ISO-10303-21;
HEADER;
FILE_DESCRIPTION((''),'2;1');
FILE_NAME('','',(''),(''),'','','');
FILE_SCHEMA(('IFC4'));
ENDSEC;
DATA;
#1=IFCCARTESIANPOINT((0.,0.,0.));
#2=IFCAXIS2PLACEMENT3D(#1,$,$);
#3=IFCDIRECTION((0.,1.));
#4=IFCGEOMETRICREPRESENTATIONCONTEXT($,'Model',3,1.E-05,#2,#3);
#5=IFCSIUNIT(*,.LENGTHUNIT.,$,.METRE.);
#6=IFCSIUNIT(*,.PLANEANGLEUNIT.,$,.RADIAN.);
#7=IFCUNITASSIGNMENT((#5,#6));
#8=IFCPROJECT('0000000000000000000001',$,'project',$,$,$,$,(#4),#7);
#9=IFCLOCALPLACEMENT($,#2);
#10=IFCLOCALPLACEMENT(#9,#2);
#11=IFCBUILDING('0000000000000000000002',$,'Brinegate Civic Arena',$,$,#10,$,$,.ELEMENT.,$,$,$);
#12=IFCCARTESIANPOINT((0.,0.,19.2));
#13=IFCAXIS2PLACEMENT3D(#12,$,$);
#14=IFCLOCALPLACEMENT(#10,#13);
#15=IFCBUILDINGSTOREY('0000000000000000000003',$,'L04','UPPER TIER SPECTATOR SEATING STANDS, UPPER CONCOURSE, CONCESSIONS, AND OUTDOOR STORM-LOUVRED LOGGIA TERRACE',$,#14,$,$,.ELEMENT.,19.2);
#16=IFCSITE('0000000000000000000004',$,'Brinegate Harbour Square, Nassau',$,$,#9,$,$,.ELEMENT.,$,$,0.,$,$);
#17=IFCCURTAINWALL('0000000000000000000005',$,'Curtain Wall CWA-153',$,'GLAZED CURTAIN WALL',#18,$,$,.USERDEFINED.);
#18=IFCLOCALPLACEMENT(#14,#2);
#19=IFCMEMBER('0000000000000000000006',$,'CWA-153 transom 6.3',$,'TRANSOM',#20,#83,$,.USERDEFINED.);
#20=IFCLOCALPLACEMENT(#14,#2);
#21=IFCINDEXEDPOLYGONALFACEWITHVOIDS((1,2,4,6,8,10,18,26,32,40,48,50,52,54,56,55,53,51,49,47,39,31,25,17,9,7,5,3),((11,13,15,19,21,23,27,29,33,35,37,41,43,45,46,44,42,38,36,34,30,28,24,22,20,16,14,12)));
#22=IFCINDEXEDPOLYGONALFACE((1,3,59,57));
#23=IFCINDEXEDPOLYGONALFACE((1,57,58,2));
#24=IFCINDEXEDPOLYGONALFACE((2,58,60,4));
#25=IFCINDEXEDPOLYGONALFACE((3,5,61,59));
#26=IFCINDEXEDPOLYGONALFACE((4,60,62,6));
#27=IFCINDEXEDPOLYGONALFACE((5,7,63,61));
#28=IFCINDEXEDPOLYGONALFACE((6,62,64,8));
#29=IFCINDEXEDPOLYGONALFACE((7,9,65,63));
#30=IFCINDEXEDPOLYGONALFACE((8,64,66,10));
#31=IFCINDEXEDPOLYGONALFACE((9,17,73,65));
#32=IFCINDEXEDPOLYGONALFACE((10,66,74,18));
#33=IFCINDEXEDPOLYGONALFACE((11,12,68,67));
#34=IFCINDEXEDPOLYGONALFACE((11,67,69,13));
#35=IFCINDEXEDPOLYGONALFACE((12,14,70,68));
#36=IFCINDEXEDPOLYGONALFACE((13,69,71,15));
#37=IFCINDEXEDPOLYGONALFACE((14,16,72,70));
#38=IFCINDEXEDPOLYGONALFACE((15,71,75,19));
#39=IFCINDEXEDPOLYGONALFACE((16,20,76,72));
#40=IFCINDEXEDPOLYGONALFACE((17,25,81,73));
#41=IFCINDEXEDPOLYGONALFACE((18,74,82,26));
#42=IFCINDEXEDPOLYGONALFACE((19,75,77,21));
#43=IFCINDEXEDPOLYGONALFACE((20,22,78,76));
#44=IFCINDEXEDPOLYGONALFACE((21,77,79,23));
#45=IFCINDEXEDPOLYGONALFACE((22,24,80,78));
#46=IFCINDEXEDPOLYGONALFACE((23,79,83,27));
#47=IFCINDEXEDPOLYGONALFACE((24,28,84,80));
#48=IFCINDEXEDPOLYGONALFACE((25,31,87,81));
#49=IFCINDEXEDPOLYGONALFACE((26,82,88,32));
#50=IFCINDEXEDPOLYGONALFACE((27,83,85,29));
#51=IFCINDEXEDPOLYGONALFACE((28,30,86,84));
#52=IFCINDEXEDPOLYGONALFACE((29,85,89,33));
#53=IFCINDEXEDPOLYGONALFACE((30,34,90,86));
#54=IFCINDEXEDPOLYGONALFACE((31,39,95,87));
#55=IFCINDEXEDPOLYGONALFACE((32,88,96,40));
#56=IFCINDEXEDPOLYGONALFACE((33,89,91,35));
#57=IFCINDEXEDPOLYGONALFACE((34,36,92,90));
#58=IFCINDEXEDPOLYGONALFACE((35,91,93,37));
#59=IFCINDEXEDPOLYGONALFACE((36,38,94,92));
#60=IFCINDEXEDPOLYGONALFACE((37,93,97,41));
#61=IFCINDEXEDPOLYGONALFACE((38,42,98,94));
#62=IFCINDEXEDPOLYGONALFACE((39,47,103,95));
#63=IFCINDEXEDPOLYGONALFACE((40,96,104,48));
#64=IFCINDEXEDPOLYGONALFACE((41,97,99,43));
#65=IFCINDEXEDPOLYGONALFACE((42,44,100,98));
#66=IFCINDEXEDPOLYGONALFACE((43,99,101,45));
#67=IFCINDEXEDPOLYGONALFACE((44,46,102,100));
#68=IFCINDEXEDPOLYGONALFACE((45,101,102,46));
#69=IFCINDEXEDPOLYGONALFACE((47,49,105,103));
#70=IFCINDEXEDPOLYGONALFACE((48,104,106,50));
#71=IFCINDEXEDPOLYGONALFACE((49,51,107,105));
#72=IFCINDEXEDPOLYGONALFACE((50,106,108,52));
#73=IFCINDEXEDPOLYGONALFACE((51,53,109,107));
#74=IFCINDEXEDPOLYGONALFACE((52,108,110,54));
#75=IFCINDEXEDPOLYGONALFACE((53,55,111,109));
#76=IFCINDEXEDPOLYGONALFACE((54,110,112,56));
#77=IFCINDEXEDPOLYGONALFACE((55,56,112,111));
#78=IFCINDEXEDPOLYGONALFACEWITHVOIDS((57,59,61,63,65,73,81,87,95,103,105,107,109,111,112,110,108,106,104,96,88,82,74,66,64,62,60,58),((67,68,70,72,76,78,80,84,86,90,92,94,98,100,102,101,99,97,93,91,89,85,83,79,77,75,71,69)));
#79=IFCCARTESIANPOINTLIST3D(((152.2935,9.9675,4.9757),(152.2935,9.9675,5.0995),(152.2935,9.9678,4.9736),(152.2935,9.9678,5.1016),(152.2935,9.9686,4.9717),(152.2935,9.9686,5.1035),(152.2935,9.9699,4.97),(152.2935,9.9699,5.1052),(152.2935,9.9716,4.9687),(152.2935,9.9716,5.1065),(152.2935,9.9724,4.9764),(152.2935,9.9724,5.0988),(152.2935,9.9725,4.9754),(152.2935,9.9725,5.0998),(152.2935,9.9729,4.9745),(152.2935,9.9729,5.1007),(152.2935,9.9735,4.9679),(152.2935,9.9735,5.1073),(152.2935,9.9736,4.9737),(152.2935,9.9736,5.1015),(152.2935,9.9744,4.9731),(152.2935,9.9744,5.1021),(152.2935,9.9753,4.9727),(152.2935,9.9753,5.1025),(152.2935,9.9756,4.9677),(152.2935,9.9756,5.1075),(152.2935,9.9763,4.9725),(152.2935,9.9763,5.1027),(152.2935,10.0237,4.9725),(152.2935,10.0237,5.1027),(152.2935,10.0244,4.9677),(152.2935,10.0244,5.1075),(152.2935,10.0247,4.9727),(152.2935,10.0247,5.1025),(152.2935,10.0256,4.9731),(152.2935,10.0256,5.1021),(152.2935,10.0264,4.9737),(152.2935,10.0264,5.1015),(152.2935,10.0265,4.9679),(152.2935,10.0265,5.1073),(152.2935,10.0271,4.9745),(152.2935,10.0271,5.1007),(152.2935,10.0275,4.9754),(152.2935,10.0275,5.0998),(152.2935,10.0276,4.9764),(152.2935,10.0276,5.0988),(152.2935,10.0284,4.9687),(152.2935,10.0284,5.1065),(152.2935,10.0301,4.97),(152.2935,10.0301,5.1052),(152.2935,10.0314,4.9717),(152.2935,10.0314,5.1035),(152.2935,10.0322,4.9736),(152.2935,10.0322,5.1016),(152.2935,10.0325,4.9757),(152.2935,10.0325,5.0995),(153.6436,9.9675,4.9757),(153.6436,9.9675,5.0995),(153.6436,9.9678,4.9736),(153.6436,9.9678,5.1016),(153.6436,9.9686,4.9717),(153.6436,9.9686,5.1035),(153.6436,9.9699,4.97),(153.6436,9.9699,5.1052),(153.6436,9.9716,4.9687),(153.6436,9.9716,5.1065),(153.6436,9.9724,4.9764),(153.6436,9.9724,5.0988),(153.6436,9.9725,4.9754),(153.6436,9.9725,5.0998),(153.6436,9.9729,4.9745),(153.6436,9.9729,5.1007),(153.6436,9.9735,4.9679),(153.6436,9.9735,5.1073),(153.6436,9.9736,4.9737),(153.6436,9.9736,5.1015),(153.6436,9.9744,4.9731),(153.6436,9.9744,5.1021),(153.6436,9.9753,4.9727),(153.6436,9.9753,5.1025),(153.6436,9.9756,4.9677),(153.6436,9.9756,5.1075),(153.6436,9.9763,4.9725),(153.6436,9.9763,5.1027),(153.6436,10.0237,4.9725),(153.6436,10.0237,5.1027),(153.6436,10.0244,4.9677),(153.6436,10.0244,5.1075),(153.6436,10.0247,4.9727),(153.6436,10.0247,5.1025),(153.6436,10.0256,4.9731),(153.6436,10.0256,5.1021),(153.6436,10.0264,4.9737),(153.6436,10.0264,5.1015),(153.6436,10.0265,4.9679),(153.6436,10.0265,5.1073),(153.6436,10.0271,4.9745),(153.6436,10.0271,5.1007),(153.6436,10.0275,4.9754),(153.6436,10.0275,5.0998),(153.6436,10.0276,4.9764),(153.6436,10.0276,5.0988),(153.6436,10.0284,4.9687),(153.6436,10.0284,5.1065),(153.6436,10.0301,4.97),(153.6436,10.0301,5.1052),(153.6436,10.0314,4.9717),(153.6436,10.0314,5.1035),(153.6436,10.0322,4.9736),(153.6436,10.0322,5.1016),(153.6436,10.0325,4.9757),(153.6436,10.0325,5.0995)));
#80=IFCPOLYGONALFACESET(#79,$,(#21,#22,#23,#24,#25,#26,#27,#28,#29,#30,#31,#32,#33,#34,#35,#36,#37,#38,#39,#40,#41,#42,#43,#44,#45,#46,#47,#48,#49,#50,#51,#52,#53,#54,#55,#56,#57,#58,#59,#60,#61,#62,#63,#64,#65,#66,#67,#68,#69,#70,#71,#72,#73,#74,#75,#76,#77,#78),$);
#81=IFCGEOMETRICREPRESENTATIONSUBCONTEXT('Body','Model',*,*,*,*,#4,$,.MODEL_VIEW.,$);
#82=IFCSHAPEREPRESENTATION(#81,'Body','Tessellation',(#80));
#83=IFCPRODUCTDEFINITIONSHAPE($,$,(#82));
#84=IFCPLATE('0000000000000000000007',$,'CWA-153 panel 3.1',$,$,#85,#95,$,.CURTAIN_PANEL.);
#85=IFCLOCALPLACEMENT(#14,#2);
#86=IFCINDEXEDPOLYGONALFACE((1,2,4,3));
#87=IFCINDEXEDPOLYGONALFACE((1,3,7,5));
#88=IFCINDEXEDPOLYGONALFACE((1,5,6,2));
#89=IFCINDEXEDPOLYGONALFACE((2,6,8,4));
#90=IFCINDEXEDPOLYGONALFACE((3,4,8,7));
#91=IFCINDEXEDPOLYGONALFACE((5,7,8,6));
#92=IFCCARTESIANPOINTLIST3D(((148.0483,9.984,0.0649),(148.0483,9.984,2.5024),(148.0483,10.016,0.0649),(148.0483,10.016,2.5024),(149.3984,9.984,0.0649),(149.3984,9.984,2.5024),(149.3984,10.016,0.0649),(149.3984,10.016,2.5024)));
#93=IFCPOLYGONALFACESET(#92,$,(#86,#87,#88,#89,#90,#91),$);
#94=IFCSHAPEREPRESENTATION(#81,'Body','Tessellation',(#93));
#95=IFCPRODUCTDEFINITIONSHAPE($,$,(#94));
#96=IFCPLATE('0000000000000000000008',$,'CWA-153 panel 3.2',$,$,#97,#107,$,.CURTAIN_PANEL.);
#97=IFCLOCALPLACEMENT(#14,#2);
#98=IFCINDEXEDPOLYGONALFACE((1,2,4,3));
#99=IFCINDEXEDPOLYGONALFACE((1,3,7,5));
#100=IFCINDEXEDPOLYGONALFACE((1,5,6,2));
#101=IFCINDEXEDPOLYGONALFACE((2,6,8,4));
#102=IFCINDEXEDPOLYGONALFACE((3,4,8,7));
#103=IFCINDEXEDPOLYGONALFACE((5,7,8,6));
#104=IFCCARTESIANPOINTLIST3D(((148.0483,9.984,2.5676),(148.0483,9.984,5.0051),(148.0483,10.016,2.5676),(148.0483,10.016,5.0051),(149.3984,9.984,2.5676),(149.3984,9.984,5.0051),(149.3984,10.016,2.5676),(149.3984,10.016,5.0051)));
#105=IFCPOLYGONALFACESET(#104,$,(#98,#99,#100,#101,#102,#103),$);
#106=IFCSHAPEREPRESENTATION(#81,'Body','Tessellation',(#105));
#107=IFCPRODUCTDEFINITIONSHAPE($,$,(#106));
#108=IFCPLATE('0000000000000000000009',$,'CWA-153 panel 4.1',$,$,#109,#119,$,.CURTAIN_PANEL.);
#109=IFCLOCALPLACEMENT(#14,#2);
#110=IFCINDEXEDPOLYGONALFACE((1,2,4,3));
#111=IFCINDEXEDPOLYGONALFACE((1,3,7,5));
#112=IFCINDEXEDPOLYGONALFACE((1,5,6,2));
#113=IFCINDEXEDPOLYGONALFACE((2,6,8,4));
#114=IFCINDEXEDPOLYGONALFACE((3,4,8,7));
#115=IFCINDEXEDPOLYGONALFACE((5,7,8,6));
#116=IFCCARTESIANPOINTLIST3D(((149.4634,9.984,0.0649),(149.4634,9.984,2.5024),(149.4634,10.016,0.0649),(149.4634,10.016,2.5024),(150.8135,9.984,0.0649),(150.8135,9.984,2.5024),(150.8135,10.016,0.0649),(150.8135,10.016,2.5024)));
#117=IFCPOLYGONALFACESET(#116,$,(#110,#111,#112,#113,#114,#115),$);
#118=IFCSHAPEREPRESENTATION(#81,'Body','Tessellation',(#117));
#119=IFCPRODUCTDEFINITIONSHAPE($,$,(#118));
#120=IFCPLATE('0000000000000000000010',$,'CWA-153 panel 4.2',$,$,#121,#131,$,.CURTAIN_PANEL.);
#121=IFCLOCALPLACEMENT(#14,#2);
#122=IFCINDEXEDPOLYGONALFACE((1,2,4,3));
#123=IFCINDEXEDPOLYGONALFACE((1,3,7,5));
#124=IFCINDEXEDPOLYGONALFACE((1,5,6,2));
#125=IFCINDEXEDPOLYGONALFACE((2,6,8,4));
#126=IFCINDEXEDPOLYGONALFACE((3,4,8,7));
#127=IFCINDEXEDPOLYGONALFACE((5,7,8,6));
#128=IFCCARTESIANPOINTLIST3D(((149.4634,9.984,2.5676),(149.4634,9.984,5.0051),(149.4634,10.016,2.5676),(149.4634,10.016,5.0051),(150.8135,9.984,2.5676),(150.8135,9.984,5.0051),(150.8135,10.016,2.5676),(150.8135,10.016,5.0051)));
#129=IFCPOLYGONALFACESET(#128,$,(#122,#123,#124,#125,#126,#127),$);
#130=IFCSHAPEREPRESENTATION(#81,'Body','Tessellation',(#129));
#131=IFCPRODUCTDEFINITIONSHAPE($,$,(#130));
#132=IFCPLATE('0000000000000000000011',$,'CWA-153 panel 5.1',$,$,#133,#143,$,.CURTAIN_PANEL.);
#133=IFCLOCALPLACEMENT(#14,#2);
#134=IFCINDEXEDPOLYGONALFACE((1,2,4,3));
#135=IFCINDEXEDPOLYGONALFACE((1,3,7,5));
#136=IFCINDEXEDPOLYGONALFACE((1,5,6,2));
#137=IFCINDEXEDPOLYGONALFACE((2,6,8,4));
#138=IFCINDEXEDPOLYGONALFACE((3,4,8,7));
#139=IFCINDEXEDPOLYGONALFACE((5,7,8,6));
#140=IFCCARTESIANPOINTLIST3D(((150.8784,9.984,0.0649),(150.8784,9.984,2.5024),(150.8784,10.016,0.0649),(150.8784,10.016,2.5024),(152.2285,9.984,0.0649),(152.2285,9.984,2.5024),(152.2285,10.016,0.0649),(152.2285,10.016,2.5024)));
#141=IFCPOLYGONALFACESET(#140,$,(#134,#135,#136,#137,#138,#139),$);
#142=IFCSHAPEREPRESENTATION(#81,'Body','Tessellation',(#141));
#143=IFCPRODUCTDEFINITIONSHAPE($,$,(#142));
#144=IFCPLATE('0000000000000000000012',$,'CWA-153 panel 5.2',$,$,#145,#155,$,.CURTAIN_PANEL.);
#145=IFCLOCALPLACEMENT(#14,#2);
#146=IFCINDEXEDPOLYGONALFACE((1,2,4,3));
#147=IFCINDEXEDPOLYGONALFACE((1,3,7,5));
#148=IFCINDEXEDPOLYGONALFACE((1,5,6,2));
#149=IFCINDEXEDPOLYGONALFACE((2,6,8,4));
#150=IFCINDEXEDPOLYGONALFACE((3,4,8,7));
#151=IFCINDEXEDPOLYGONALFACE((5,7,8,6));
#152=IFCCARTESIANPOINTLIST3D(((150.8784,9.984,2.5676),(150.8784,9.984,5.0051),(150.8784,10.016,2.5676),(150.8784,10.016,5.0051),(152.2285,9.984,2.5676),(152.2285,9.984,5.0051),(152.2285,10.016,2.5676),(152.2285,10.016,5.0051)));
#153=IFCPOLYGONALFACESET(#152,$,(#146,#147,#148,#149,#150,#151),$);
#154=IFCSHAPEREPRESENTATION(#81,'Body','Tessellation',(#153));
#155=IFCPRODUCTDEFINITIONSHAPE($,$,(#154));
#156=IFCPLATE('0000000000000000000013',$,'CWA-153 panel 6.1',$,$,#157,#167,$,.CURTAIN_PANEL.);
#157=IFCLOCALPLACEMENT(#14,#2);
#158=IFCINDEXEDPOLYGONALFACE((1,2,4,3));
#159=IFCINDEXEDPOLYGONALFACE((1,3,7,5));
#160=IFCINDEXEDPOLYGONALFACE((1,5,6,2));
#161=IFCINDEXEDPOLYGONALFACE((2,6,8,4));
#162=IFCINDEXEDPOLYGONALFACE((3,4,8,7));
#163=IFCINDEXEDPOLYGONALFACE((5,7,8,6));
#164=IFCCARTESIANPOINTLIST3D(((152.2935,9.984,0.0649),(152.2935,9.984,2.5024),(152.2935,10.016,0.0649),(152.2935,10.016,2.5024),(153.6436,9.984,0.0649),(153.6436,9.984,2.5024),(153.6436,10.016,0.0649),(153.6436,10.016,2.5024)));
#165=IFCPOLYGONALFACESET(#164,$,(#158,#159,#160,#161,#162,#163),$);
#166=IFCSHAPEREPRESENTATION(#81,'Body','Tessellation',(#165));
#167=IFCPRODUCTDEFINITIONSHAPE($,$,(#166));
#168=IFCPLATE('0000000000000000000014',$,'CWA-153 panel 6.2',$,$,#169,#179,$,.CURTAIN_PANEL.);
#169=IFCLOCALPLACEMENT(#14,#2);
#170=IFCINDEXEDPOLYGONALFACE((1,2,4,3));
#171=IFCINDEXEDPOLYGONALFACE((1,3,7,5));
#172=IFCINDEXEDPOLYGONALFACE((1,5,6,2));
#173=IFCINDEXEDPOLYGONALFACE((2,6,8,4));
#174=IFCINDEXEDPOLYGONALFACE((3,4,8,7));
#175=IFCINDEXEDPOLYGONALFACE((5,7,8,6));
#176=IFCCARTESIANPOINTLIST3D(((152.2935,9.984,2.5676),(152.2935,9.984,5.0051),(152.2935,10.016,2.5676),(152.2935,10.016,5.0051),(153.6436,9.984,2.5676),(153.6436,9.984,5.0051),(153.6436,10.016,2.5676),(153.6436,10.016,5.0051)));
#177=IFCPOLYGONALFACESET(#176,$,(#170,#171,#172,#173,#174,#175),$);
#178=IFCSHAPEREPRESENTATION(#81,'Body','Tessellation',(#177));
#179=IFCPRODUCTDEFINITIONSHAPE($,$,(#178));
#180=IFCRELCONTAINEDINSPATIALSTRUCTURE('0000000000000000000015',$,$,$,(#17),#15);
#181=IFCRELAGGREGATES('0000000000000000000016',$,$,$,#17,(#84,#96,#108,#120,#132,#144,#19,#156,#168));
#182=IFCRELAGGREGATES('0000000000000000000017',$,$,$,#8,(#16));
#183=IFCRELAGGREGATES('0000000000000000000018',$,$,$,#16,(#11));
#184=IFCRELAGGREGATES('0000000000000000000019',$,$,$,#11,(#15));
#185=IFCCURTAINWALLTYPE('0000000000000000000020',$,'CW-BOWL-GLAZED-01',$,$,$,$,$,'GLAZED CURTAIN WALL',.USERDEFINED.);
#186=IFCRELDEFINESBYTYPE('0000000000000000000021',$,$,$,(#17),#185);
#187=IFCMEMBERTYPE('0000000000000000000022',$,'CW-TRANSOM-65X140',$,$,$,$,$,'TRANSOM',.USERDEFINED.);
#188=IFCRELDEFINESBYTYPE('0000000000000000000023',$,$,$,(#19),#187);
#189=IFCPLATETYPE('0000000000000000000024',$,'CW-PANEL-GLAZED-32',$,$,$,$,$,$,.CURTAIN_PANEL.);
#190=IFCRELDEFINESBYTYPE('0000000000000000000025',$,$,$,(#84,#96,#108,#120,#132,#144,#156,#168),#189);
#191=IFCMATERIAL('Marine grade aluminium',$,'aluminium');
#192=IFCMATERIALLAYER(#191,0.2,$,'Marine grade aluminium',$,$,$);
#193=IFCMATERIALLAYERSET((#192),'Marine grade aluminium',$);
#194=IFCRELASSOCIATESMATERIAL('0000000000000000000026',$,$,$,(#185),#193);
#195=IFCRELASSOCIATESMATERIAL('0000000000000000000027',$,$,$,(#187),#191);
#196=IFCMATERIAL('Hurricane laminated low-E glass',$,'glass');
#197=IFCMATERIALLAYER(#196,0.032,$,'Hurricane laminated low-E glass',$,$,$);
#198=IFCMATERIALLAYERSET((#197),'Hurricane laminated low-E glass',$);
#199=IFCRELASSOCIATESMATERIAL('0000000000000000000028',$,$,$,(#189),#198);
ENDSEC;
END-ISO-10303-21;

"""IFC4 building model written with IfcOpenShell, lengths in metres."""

from ifc_helpers import new_model, si_unit, direction, frame, origin, origin_2d, place, context, subcontext, project, spatial, rectangle, hollow_rectangle, extrude, material, layer, layer_set, material_profile, profile_set, type_object, element, aggregate, save


model = new_model("IFC4")

# Units and contexts
model_context = context("Model", 3, precision=1e-05, world=origin(), true_north=direction((0.0, 1.0)))
body_context = subcontext(model_context, "Body", "Model", "MODEL_VIEW")
ifc_project = project(units=[si_unit("LENGTHUNIT", "METRE"), si_unit("PLANEANGLEUNIT", "RADIAN")], contexts=[model_context])

# Site, building, storey
site_placement = place(None, origin())
site = spatial("IfcSite", under=ifc_project, at=site_placement, Name="Brinegate Harbour Square, Nassau", CompositionType="ELEMENT", RefElevation=0.0)
building_placement = place(site_placement, origin())
building = spatial("IfcBuilding", under=site, at=building_placement, Name="Brinegate Civic Arena", CompositionType="ELEMENT")
storey_placement = place(building_placement, frame((0.0, 0.0, 19.2)))
storey = spatial("IfcBuildingStorey", under=building, at=storey_placement, Name="L04", Description="UPPER TIER SPECTATOR SEATING STANDS, UPPER CONCOURSE, CONCESSIONS, AND OUTDOOR STORM-LOUVRED LOGGIA TERRACE", CompositionType="ELEMENT", Elevation=19.2)

# Curtain wall, member, plates
ifc_material_1 = material(Name="Marine grade aluminium", Category="aluminium")
ifc_layer_1 = layer(ifc_material_1, 0.2, Name="Marine grade aluminium")
ifc_layer_set_1 = layer_set([ifc_layer_1], Name="Marine grade aluminium")
curtain_wall_type = type_object("IfcCurtainWallType", Name="CW-BOWL-GLAZED-01", ElementType="GLAZED CURTAIN WALL", PredefinedType="USERDEFINED", material=ifc_layer_set_1)
curtain_wall_placement = place(storey_placement, origin())
curtain_wall = element("IfcCurtainWall", 1, at=curtain_wall_placement, inside=storey, type_object=curtain_wall_type, Name="Curtain Wall CWA-153", ObjectType="GLAZED CURTAIN WALL", PredefinedType="USERDEFINED")
ifc_material_profile_1 = material_profile(ifc_material_1, hollow_rectangle(XDim=0.0649, YDim=0.1399, WallThickness=0.0049, InnerFilletRadius=0.0039, OuterFilletRadius=0.0081, at=origin_2d()), Name="TRN65X140")
ifc_profile_set_1 = profile_set([ifc_material_profile_1], Name="Marine grade aluminium")
member_type_1 = type_object("IfcMemberType", Name="CW-TRANSOM-65X140", ElementType="TRANSOM", PredefinedType="USERDEFINED", material=ifc_profile_set_1)
member_1_placement = place(storey_placement, frame((152.2935, 10.0, 5.0376), z_axis=(1.0, 0.0, 0.0), x_axis=(0.0, 1.0, 0.0)))
member_1 = element("IfcMember", 2, at=member_1_placement, type_object=member_type_1, Name="CWA-153 transom 6.3", ObjectType="TRANSOM", PredefinedType="USERDEFINED", context=body_context, shape_type="SweptSolid", body=[
    extrude(hollow_rectangle(XDim=0.0649, YDim=0.1399, WallThickness=0.0049, InnerFilletRadius=0.0039, OuterFilletRadius=0.0081, at=origin_2d()), origin(), (0.0, 0.0, 1.0), 1.3501),
])
ifc_material_2 = material(Name="Hurricane laminated low-E glass", Category="glass")
ifc_layer_2 = layer(ifc_material_2, 0.032, Name="Hurricane laminated low-E glass")
ifc_layer_set_2 = layer_set([ifc_layer_2], Name="Hurricane laminated low-E glass")
plate_type = type_object("IfcPlateType", Name="CW-PANEL-GLAZED-32", PredefinedType="CURTAIN_PANEL", material=ifc_layer_set_2)
plate_1_placement = place(storey_placement, frame((148.7234, 10.0, 0.0649), z_axis=(0.0, 0.0, 1.0), x_axis=(1.0, 0.0, 0.0)))
plate_1 = element("IfcPlate", 3, at=plate_1_placement, type_object=plate_type, Name="CWA-153 panel 3.1", PredefinedType="CURTAIN_PANEL", context=body_context, shape_type="SweptSolid", body=[
    extrude(rectangle(XDim=1.3501, YDim=0.032, at=origin_2d()), origin(), (0.0, 0.0, 1.0), 2.4375),
])
plate_2_placement = place(storey_placement, frame((148.7234, 10.0, 2.5676), z_axis=(0.0, 0.0, 1.0), x_axis=(1.0, 0.0, 0.0)))
plate_2 = element("IfcPlate", 4, at=plate_2_placement, type_object=plate_type, Name="CWA-153 panel 3.2", PredefinedType="CURTAIN_PANEL", context=body_context, shape_type="SweptSolid", body=[
    extrude(rectangle(XDim=1.3501, YDim=0.032, at=origin_2d()), origin(), (0.0, 0.0, 1.0), 2.4375),
])
plate_3_placement = place(storey_placement, frame((150.1384, 10.0, 0.0649), z_axis=(0.0, 0.0, 1.0), x_axis=(1.0, 0.0, 0.0)))
plate_3 = element("IfcPlate", 5, at=plate_3_placement, type_object=plate_type, Name="CWA-153 panel 4.1", PredefinedType="CURTAIN_PANEL", context=body_context, shape_type="SweptSolid", body=[
    extrude(rectangle(XDim=1.3501, YDim=0.032, at=origin_2d()), origin(), (0.0, 0.0, 1.0), 2.4375),
])
plate_4_placement = place(storey_placement, frame((150.1384, 10.0, 2.5676), z_axis=(0.0, 0.0, 1.0), x_axis=(1.0, 0.0, 0.0)))
plate_4 = element("IfcPlate", 6, at=plate_4_placement, type_object=plate_type, Name="CWA-153 panel 4.2", PredefinedType="CURTAIN_PANEL", context=body_context, shape_type="SweptSolid", body=[
    extrude(rectangle(XDim=1.3501, YDim=0.032, at=origin_2d()), origin(), (0.0, 0.0, 1.0), 2.4375),
])
plate_5_placement = place(storey_placement, frame((151.5535, 10.0, 0.0649), z_axis=(0.0, 0.0, 1.0), x_axis=(1.0, 0.0, 0.0)))
plate_5 = element("IfcPlate", 7, at=plate_5_placement, type_object=plate_type, Name="CWA-153 panel 5.1", PredefinedType="CURTAIN_PANEL", context=body_context, shape_type="SweptSolid", body=[
    extrude(rectangle(XDim=1.3501, YDim=0.032, at=origin_2d()), origin(), (0.0, 0.0, 1.0), 2.4375),
])
plate_6_placement = place(storey_placement, frame((151.5535, 10.0, 2.5676), z_axis=(0.0, 0.0, 1.0), x_axis=(1.0, 0.0, 0.0)))
plate_6 = element("IfcPlate", 8, at=plate_6_placement, type_object=plate_type, Name="CWA-153 panel 5.2", PredefinedType="CURTAIN_PANEL", context=body_context, shape_type="SweptSolid", body=[
    extrude(rectangle(XDim=1.3501, YDim=0.032, at=origin_2d()), origin(), (0.0, 0.0, 1.0), 2.4375),
])
plate_7_placement = place(storey_placement, frame((152.9685, 10.0, 0.0649), z_axis=(0.0, 0.0, 1.0), x_axis=(1.0, 0.0, 0.0)))
plate_7 = element("IfcPlate", 9, at=plate_7_placement, type_object=plate_type, Name="CWA-153 panel 6.1", PredefinedType="CURTAIN_PANEL", context=body_context, shape_type="SweptSolid", body=[
    extrude(rectangle(XDim=1.3501, YDim=0.032, at=origin_2d()), origin(), (0.0, 0.0, 1.0), 2.4375),
])
plate_8_placement = place(storey_placement, frame((152.9685, 10.0, 2.5676), z_axis=(0.0, 0.0, 1.0), x_axis=(1.0, 0.0, 0.0)))
plate_8 = element("IfcPlate", 10, at=plate_8_placement, type_object=plate_type, Name="CWA-153 panel 6.2", PredefinedType="CURTAIN_PANEL", context=body_context, shape_type="SweptSolid", body=[
    extrude(rectangle(XDim=1.3501, YDim=0.032, at=origin_2d()), origin(), (0.0, 0.0, 1.0), 2.4375),
])
aggregate(curtain_wall, [plate_1, plate_2, plate_3, plate_4, plate_5, plate_6, member_1, plate_7, plate_8])

save(model, "model.ifc")
